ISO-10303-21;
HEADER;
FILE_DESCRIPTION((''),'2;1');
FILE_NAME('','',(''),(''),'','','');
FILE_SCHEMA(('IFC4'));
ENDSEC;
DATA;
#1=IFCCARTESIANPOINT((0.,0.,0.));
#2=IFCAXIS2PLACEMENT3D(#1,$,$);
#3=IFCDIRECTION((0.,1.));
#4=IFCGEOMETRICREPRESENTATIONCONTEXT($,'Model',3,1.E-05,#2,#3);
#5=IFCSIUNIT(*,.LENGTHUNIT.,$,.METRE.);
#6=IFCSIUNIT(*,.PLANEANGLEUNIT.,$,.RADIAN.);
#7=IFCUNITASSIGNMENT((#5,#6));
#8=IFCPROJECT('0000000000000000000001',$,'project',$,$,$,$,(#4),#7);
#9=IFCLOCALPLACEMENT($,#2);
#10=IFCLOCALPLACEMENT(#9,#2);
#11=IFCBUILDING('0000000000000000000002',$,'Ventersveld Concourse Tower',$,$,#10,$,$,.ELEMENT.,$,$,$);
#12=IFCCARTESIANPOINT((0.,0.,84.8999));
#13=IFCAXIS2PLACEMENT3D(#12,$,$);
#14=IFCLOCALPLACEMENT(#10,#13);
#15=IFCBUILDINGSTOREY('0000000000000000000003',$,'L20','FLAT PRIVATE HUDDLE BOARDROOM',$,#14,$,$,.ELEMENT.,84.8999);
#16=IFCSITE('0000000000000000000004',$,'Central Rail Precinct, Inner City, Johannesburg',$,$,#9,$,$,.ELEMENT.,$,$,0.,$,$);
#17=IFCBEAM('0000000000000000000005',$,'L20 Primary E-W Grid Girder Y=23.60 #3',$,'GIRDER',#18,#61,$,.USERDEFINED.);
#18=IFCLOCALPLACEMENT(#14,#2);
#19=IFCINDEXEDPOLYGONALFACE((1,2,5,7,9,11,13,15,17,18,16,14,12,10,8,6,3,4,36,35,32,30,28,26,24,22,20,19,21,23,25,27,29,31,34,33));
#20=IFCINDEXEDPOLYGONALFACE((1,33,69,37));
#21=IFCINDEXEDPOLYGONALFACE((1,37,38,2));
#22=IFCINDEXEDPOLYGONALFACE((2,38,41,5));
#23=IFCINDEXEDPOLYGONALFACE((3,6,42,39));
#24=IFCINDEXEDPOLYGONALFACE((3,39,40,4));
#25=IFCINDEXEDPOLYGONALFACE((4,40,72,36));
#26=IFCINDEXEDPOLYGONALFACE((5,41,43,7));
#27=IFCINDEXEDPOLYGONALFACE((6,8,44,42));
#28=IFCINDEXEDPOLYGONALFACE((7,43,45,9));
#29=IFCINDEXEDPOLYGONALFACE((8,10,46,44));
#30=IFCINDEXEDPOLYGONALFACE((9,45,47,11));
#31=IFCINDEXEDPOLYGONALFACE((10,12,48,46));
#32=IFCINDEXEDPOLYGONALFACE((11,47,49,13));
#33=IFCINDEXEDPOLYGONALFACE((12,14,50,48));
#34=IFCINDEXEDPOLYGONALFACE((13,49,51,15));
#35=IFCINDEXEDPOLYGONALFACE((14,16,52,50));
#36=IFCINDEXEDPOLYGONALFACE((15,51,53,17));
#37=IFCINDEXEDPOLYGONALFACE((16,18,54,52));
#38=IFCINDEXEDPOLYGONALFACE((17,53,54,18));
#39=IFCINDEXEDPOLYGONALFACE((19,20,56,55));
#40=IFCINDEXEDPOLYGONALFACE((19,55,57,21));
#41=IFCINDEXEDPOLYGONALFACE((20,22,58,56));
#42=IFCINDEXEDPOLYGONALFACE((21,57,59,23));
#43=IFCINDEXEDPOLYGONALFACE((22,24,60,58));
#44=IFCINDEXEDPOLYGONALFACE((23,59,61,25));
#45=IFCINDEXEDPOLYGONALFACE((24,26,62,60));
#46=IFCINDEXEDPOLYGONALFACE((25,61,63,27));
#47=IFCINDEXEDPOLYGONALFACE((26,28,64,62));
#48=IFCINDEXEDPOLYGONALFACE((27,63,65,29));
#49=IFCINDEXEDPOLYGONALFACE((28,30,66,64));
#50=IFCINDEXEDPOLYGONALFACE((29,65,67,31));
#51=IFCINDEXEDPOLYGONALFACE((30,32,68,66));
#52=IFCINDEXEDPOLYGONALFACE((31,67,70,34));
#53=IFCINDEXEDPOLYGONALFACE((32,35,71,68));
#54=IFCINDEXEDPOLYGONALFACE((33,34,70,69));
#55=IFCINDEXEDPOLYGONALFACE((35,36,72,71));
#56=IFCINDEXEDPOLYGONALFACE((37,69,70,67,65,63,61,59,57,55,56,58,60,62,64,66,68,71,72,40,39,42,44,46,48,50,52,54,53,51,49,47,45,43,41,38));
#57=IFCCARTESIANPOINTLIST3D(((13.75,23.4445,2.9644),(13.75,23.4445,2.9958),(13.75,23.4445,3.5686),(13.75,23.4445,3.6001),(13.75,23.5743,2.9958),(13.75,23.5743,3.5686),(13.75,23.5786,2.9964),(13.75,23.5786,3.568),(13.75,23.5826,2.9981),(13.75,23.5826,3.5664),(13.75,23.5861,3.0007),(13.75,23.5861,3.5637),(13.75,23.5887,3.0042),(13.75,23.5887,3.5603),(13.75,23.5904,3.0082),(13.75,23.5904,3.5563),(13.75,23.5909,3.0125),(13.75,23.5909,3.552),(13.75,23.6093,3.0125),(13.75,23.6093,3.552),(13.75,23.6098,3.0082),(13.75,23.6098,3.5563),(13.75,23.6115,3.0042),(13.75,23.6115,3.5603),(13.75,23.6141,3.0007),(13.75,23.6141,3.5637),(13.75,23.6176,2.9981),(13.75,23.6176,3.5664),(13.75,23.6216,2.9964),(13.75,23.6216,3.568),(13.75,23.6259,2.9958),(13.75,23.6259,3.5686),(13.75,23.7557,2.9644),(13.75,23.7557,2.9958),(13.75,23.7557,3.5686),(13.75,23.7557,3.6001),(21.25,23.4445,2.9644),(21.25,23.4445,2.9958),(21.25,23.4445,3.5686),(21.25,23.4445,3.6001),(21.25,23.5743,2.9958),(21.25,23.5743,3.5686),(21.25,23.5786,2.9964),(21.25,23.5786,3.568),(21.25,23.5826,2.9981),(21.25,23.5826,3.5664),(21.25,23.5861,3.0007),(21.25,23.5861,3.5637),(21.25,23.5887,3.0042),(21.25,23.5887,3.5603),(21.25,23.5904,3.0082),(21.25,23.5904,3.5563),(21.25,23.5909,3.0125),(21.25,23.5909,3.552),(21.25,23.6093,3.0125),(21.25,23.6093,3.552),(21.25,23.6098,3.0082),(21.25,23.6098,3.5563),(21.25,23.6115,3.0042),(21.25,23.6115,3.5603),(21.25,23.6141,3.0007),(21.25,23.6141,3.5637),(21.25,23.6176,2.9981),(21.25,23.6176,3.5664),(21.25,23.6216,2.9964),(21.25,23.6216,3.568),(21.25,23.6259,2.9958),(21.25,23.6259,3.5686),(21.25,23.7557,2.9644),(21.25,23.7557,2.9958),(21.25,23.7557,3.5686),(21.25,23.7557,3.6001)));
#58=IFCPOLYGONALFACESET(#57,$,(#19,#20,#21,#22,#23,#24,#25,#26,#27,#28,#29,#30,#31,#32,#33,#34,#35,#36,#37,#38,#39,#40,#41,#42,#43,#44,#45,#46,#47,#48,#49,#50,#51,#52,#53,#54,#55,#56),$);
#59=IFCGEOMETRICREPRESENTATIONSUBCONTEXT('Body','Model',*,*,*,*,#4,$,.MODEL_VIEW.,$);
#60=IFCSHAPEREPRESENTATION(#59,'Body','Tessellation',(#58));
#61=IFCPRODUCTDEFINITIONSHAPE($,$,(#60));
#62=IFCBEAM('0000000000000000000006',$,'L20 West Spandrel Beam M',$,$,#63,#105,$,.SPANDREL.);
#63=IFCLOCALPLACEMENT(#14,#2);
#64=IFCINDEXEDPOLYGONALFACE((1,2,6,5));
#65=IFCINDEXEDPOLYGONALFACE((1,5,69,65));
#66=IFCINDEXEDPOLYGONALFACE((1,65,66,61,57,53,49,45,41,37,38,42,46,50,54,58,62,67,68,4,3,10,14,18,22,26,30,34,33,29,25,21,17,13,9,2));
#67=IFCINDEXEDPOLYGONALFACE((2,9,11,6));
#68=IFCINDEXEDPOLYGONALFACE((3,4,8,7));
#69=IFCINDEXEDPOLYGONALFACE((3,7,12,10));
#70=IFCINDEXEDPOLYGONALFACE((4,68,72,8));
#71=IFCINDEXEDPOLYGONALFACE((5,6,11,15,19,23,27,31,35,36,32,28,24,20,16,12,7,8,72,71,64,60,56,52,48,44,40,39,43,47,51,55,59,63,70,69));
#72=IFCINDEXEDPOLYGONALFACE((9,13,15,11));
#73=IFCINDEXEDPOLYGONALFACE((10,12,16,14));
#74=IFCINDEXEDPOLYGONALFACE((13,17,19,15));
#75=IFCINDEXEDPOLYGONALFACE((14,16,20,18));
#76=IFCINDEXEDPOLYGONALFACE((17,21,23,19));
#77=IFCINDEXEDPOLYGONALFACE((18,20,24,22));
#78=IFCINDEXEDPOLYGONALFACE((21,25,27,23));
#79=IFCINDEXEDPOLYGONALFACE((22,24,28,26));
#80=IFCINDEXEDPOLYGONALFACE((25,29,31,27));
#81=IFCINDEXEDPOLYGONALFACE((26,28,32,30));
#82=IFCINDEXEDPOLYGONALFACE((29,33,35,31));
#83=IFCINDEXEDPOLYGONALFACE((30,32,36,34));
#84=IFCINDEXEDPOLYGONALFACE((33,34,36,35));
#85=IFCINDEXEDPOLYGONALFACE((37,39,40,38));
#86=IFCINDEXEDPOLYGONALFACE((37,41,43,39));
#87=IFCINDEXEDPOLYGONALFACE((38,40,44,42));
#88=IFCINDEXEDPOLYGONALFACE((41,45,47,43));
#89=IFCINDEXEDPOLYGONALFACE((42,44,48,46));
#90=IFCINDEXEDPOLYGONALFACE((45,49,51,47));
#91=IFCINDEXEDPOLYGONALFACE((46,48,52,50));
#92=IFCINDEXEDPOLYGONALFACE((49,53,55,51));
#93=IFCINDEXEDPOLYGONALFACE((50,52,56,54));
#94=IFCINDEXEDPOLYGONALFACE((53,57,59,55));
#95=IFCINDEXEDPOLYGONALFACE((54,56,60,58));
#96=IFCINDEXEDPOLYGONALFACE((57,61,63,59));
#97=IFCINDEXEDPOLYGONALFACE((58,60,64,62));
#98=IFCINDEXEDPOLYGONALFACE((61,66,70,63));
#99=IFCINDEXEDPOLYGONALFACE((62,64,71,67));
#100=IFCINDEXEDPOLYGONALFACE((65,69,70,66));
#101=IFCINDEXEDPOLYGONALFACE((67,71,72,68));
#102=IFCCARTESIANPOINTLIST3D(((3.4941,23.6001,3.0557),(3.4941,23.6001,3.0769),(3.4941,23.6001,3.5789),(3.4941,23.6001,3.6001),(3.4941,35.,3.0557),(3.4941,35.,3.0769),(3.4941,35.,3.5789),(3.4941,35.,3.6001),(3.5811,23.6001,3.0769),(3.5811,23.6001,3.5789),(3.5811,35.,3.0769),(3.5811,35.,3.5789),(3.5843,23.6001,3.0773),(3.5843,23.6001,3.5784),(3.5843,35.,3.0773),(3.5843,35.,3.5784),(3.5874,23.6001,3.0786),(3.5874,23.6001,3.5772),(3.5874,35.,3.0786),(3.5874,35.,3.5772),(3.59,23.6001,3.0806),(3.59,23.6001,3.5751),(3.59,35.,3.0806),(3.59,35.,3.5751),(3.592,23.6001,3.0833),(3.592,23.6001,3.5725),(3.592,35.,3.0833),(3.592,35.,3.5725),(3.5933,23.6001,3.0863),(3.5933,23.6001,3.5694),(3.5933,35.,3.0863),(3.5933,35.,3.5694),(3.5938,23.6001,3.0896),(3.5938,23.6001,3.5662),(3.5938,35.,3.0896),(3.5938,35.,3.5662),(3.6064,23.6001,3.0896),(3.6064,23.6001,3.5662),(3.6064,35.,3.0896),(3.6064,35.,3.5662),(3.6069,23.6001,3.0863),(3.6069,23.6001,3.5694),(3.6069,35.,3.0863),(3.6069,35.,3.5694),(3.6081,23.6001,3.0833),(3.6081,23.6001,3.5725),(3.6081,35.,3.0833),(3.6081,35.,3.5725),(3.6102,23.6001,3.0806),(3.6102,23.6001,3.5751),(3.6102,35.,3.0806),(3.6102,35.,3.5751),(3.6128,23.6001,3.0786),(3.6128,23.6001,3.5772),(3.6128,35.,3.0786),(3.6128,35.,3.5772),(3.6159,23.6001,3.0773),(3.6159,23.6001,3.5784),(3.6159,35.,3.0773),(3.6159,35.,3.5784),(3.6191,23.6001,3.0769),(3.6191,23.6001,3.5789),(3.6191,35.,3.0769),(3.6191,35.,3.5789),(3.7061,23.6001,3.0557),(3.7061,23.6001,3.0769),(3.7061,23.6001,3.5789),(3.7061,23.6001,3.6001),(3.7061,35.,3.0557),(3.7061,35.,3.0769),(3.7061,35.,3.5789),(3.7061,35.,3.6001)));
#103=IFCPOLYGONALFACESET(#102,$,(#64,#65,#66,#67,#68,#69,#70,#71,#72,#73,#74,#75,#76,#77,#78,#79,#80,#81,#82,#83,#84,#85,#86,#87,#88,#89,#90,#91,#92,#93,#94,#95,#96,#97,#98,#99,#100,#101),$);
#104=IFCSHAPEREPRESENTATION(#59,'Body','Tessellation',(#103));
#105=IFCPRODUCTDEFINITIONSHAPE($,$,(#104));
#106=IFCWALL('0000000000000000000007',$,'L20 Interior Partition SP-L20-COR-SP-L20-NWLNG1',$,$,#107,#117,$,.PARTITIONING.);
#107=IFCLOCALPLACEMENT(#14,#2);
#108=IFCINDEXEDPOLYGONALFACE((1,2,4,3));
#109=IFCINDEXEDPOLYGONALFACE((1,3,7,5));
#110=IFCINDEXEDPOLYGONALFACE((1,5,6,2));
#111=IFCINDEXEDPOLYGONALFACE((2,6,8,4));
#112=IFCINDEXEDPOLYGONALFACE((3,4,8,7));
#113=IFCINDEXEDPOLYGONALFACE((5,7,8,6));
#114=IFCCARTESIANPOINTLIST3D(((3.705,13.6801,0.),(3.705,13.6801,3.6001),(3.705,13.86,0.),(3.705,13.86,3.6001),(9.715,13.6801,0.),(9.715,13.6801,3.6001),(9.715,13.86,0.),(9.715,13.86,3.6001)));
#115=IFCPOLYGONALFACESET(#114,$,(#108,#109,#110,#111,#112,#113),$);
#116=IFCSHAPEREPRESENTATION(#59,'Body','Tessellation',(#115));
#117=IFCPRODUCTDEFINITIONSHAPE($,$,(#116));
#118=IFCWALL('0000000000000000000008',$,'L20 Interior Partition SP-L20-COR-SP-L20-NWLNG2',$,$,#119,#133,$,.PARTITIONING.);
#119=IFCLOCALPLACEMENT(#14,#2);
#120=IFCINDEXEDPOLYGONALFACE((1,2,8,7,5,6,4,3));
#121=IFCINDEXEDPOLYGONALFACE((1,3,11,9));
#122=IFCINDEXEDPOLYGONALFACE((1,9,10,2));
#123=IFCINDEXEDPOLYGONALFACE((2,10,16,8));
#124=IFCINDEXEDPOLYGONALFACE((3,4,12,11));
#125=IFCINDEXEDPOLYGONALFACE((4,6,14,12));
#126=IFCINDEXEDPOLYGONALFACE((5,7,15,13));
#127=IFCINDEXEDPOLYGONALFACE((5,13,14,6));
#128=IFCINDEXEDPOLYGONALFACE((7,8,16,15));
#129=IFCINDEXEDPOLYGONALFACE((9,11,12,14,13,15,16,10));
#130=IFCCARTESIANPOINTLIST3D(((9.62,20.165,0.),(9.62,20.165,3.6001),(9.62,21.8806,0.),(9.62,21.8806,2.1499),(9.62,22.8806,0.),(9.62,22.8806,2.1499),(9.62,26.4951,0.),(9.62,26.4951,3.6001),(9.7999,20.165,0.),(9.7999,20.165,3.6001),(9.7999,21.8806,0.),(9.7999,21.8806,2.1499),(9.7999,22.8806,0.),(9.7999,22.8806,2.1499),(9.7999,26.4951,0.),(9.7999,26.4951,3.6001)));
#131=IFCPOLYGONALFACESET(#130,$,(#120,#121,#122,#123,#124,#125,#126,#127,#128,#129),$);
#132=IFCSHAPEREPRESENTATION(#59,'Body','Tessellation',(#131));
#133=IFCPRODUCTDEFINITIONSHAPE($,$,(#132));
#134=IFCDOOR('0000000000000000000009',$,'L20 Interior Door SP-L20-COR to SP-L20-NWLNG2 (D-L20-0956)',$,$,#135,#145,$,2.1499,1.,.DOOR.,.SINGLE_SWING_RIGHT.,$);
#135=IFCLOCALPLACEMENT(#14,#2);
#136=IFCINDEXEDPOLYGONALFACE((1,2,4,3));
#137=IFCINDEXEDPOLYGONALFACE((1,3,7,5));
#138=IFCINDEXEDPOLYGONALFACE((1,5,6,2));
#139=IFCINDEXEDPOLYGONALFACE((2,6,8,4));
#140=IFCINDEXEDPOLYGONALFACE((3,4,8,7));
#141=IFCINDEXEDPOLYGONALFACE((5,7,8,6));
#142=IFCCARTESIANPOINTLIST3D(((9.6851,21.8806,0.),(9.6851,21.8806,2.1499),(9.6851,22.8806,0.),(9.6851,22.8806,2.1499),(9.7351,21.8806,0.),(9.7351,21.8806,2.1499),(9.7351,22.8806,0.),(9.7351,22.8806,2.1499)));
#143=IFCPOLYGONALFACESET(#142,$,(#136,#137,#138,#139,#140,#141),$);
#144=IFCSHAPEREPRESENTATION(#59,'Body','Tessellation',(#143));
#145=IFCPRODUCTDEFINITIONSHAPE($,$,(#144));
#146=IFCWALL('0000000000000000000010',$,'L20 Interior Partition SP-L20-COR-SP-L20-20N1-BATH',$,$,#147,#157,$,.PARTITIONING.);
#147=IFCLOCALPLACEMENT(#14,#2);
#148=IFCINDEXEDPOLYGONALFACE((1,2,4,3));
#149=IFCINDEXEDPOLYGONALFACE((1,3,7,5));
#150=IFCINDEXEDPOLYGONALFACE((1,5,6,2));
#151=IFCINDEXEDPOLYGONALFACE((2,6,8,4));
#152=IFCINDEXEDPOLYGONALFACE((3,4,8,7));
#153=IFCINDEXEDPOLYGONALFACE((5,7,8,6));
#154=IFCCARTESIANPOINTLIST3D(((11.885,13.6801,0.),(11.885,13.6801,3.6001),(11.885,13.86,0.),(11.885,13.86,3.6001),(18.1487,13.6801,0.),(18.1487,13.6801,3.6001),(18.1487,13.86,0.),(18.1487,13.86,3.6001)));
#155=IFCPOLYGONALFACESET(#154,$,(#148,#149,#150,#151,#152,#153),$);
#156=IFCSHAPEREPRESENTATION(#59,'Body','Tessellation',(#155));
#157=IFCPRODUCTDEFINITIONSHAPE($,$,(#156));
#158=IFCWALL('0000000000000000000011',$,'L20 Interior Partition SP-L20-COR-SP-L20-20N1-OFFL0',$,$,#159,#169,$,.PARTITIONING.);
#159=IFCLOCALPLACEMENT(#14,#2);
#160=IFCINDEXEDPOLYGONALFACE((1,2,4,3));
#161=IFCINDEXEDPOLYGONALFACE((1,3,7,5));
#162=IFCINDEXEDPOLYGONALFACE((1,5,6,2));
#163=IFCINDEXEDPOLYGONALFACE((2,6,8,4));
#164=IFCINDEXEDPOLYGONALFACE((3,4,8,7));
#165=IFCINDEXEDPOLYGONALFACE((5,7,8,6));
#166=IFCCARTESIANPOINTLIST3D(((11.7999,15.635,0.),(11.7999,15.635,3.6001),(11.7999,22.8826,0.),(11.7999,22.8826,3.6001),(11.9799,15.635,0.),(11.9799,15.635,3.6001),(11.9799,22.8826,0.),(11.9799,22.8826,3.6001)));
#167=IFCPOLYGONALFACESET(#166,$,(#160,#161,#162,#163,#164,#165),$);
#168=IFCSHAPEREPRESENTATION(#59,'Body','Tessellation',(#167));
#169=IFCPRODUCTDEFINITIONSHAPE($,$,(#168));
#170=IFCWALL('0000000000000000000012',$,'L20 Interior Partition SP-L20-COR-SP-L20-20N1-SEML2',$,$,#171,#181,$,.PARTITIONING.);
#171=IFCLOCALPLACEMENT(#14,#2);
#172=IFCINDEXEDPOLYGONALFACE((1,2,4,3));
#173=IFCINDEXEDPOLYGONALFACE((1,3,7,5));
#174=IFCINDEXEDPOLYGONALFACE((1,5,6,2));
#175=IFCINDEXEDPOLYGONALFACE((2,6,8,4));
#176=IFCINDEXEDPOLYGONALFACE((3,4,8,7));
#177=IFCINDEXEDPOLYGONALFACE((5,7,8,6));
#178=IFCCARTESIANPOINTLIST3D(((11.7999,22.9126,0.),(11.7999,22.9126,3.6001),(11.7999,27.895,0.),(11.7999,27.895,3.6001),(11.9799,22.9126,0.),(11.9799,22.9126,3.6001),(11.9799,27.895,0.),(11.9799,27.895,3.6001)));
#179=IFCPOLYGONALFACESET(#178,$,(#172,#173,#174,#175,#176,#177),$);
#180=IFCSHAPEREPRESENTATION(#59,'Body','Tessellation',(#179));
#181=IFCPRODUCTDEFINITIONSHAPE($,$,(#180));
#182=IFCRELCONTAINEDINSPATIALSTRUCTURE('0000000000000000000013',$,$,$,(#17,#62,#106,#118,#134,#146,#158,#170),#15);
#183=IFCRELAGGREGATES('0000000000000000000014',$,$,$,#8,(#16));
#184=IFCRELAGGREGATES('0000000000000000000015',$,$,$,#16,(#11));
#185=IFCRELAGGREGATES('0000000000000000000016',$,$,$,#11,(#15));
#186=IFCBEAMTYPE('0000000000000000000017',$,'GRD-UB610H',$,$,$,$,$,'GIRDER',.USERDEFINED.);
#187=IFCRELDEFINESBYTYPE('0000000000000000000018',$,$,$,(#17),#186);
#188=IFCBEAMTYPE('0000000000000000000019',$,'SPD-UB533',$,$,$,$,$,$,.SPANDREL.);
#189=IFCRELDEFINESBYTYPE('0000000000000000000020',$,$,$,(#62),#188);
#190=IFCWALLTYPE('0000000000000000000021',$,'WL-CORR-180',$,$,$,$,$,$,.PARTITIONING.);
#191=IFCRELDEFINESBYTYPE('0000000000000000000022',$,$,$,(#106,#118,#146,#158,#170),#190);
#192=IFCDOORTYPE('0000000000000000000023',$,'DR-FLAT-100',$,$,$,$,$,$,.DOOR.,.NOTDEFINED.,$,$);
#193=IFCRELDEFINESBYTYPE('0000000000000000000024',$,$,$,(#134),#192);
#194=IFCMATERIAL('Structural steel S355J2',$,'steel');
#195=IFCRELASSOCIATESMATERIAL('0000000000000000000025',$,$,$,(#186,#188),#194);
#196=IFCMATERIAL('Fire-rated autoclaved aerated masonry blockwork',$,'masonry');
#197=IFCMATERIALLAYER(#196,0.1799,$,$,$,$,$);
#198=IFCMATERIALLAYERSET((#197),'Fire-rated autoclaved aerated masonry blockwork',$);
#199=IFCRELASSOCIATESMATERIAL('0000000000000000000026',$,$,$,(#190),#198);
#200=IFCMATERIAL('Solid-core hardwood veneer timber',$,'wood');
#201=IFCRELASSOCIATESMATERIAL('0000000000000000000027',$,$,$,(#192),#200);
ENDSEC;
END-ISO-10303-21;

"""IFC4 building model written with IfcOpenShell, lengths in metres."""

from ifc_helpers import new_model, si_unit, direction, frame, frame_2d, origin, origin_2d, place, context, subcontext, project, spatial, rectangle, i_section, extrude, material, layer, layer_set, material_profile, profile_set, type_object, element, fill, save


model = new_model("IFC4")

# Units and contexts
model_context = context("Model", 3, precision=1e-05, world=origin(), true_north=direction((0.0, 1.0)))
body_context = subcontext(model_context, "Body", "Model", "MODEL_VIEW")
ifc_project = project(units=[si_unit("LENGTHUNIT", "METRE"), si_unit("PLANEANGLEUNIT", "RADIAN")], contexts=[model_context])

# Site, building, storey
site_placement = place(None, origin())
site = spatial("IfcSite", under=ifc_project, at=site_placement, Name="Central Rail Precinct, Inner City, Johannesburg", CompositionType="ELEMENT", RefElevation=0.0)
building_placement = place(site_placement, origin())
building = spatial("IfcBuilding", under=site, at=building_placement, Name="Ventersveld Concourse Tower", CompositionType="ELEMENT")
storey_placement = place(building_placement, frame((0.0, 0.0, 84.8999)))
storey = spatial("IfcBuildingStorey", under=building, at=storey_placement, Name="L20", Description="FLAT PRIVATE HUDDLE BOARDROOM", CompositionType="ELEMENT", Elevation=84.8999)

# Beams
ifc_material_1 = material(Name="Structural steel S355J2", Category="steel")
ifc_material_profile_1 = material_profile(ifc_material_1, i_section(OverallWidth=0.3113, OverallDepth=0.6357, WebThickness=0.0183, FlangeThickness=0.0315, FilletRadius=0.0166, at=origin_2d()), Name="UB 610x305x238")
ifc_profile_set_1 = profile_set([ifc_material_profile_1], Name="Structural steel S355J2")
beam_type_1 = type_object("IfcBeamType", Name="GRD-UB610H", ElementType="GIRDER", PredefinedType="USERDEFINED", material=ifc_profile_set_1)
beam_1_placement = place(storey_placement, frame((13.75, 23.6001, 3.2822), z_axis=(1.0, 0.0, 0.0), x_axis=(0.0, 1.0, 0.0)))
element("IfcBeam", 1, at=beam_1_placement, inside=storey, type_object=beam_type_1, Name="L20 Primary E-W Grid Girder Y=23.60 #3", ObjectType="GIRDER", PredefinedType="USERDEFINED", context=body_context, shape_type="SweptSolid", body=[
    extrude(i_section(OverallWidth=0.3113, OverallDepth=0.6357, WebThickness=0.0183, FlangeThickness=0.0315, FilletRadius=0.0166, at=origin_2d()), origin(), (0.0, 0.0, 1.0), 7.5),
])
ifc_material_profile_2 = material_profile(ifc_material_1, i_section(OverallWidth=0.2119, OverallDepth=0.5444, WebThickness=0.0127, FlangeThickness=0.0212, FilletRadius=0.0127, at=origin_2d()), Name="UB 533x210x122")
ifc_profile_set_2 = profile_set([ifc_material_profile_2], Name="Structural steel S355J2")
beam_type_2 = type_object("IfcBeamType", Name="SPD-UB533", PredefinedType="SPANDREL", material=ifc_profile_set_2)
beam_2_placement = place(storey_placement, frame((3.6001, 23.6001, 3.3279), z_axis=(0.0, 1.0, 0.0), x_axis=(-1.0, 0.0, 0.0)))
element("IfcBeam", 2, at=beam_2_placement, inside=storey, type_object=beam_type_2, Name="L20 West Spandrel Beam M", PredefinedType="SPANDREL", context=body_context, shape_type="SweptSolid", body=[
    extrude(i_section(OverallWidth=0.2119, OverallDepth=0.5444, WebThickness=0.0127, FlangeThickness=0.0212, FilletRadius=0.0127, at=origin_2d()), origin(), (0.0, 0.0, 1.0), 11.3999),
])

# Wall
ifc_material_2 = material(Name="Fire-rated autoclaved aerated masonry blockwork", Category="masonry")
ifc_layer_1 = layer(ifc_material_2, 0.1799)
ifc_layer_set_1 = layer_set([ifc_layer_1], Name="Fire-rated autoclaved aerated masonry blockwork")
wall_type_1 = type_object("IfcWallType", Name="WL-CORR-180", PredefinedType="PARTITIONING", material=ifc_layer_set_1)
wall_1_placement = place(storey_placement, frame((3.7051, 13.77, 0.0), z_axis=(0.0, 0.0, 1.0), x_axis=(1.0, 0.0, 0.0)))
element("IfcWall", 3, at=wall_1_placement, inside=storey, type_object=wall_type_1, Name="L20 Interior Partition SP-L20-COR-SP-L20-NWLNG1", PredefinedType="PARTITIONING", context=body_context, shape_type="SweptSolid", body=[
    extrude(rectangle(XDim=6.01, YDim=0.1799, at=frame_2d((3.0049, 0.0))), origin(), (0.0, 0.0, 1.0), 3.6001),
])

# Wall, opening, door
wall_2_placement = place(storey_placement, frame((9.71, 20.165, 0.0), z_axis=(0.0, 0.0, 1.0), x_axis=(0.0, 1.0, 0.0)))
wall_2 = element("IfcWall", 4, at=wall_2_placement, inside=storey, type_object=wall_type_1, Name="L20 Interior Partition SP-L20-COR-SP-L20-NWLNG2", PredefinedType="PARTITIONING", context=body_context, shape_type="SweptSolid", body=[
    extrude(rectangle(XDim=6.3301, YDim=0.1799, at=frame_2d((3.165, 0.0))), origin(), (0.0, 0.0, 1.0), 3.6001),
])
opening_1_placement = place(wall_2_placement, frame((1.7156, 0.0, 0.0)))
opening_1 = element("IfcOpeningElement", 5, at=opening_1_placement, cuts=wall_2, PredefinedType="OPENING", context=body_context, shape_type="SweptSolid", body=[
    extrude(rectangle(XDim=1.0, YDim=2.1499, at=frame_2d((0.5, 1.075))), frame((0.0, 0.1001, 0.0), z_axis=(0.0, -1.0, 0.0), x_axis=(1.0, 0.0, 0.0)), (0.0, 0.0, 1.0), 0.2),
])
ifc_material_3 = material(Name="Solid-core hardwood veneer timber", Category="wood")
door_type_1 = type_object("IfcDoorType", Name="DR-FLAT-100", OperationType="NOTDEFINED", PredefinedType="DOOR", material=ifc_material_3)
door_1_placement = place(opening_1_placement, origin())
door_1 = element("IfcDoor", 6, at=door_1_placement, inside=storey, type_object=door_type_1, Name="L20 Interior Door SP-L20-COR to SP-L20-NWLNG2 (D-L20-0956)", OperationType="SINGLE_SWING_RIGHT", OverallHeight=2.1499, OverallWidth=1.0, PredefinedType="DOOR", context=body_context, shape_type="SweptSolid", body=[
    extrude(rectangle(XDim=1.0, YDim=2.1499, at=frame_2d((0.5, 1.075))), frame((0.0, 0.0249, 0.0), z_axis=(0.0, -1.0, 0.0), x_axis=(1.0, 0.0, 0.0)), (0.0, 0.0, 1.0), 0.05),
])
fill(opening_1, door_1)

# Walls
wall_3_placement = place(storey_placement, frame((11.885, 13.77, 0.0), z_axis=(0.0, 0.0, 1.0), x_axis=(1.0, 0.0, 0.0)))
element("IfcWall", 7, at=wall_3_placement, inside=storey, type_object=wall_type_1, Name="L20 Interior Partition SP-L20-COR-SP-L20-20N1-BATH", PredefinedType="PARTITIONING", context=body_context, shape_type="SweptSolid", body=[
    extrude(rectangle(XDim=6.2637, YDim=0.1799, at=frame_2d((3.1318, 0.0))), origin(), (0.0, 0.0, 1.0), 3.6001),
])
wall_4_placement = place(storey_placement, frame((11.8899, 15.635, 0.0), z_axis=(0.0, 0.0, 1.0), x_axis=(0.0, 1.0, 0.0)))
element("IfcWall", 8, at=wall_4_placement, inside=storey, type_object=wall_type_1, Name="L20 Interior Partition SP-L20-COR-SP-L20-20N1-OFFL0", PredefinedType="PARTITIONING", context=body_context, shape_type="SweptSolid", body=[
    extrude(rectangle(XDim=7.2476, YDim=0.1799, at=frame_2d((3.6238, 0.0))), origin(), (0.0, 0.0, 1.0), 3.6001),
])
wall_5_placement = place(storey_placement, frame((11.8899, 22.9126, 0.0), z_axis=(0.0, 0.0, 1.0), x_axis=(0.0, 1.0, 0.0)))
element("IfcWall", 9, at=wall_5_placement, inside=storey, type_object=wall_type_1, Name="L20 Interior Partition SP-L20-COR-SP-L20-20N1-SEML2", PredefinedType="PARTITIONING", context=body_context, shape_type="SweptSolid", body=[
    extrude(rectangle(XDim=4.9824, YDim=0.1799, at=frame_2d((2.4912, 0.0))), origin(), (0.0, 0.0, 1.0), 3.6001),
])

save(model, "model.ifc")
